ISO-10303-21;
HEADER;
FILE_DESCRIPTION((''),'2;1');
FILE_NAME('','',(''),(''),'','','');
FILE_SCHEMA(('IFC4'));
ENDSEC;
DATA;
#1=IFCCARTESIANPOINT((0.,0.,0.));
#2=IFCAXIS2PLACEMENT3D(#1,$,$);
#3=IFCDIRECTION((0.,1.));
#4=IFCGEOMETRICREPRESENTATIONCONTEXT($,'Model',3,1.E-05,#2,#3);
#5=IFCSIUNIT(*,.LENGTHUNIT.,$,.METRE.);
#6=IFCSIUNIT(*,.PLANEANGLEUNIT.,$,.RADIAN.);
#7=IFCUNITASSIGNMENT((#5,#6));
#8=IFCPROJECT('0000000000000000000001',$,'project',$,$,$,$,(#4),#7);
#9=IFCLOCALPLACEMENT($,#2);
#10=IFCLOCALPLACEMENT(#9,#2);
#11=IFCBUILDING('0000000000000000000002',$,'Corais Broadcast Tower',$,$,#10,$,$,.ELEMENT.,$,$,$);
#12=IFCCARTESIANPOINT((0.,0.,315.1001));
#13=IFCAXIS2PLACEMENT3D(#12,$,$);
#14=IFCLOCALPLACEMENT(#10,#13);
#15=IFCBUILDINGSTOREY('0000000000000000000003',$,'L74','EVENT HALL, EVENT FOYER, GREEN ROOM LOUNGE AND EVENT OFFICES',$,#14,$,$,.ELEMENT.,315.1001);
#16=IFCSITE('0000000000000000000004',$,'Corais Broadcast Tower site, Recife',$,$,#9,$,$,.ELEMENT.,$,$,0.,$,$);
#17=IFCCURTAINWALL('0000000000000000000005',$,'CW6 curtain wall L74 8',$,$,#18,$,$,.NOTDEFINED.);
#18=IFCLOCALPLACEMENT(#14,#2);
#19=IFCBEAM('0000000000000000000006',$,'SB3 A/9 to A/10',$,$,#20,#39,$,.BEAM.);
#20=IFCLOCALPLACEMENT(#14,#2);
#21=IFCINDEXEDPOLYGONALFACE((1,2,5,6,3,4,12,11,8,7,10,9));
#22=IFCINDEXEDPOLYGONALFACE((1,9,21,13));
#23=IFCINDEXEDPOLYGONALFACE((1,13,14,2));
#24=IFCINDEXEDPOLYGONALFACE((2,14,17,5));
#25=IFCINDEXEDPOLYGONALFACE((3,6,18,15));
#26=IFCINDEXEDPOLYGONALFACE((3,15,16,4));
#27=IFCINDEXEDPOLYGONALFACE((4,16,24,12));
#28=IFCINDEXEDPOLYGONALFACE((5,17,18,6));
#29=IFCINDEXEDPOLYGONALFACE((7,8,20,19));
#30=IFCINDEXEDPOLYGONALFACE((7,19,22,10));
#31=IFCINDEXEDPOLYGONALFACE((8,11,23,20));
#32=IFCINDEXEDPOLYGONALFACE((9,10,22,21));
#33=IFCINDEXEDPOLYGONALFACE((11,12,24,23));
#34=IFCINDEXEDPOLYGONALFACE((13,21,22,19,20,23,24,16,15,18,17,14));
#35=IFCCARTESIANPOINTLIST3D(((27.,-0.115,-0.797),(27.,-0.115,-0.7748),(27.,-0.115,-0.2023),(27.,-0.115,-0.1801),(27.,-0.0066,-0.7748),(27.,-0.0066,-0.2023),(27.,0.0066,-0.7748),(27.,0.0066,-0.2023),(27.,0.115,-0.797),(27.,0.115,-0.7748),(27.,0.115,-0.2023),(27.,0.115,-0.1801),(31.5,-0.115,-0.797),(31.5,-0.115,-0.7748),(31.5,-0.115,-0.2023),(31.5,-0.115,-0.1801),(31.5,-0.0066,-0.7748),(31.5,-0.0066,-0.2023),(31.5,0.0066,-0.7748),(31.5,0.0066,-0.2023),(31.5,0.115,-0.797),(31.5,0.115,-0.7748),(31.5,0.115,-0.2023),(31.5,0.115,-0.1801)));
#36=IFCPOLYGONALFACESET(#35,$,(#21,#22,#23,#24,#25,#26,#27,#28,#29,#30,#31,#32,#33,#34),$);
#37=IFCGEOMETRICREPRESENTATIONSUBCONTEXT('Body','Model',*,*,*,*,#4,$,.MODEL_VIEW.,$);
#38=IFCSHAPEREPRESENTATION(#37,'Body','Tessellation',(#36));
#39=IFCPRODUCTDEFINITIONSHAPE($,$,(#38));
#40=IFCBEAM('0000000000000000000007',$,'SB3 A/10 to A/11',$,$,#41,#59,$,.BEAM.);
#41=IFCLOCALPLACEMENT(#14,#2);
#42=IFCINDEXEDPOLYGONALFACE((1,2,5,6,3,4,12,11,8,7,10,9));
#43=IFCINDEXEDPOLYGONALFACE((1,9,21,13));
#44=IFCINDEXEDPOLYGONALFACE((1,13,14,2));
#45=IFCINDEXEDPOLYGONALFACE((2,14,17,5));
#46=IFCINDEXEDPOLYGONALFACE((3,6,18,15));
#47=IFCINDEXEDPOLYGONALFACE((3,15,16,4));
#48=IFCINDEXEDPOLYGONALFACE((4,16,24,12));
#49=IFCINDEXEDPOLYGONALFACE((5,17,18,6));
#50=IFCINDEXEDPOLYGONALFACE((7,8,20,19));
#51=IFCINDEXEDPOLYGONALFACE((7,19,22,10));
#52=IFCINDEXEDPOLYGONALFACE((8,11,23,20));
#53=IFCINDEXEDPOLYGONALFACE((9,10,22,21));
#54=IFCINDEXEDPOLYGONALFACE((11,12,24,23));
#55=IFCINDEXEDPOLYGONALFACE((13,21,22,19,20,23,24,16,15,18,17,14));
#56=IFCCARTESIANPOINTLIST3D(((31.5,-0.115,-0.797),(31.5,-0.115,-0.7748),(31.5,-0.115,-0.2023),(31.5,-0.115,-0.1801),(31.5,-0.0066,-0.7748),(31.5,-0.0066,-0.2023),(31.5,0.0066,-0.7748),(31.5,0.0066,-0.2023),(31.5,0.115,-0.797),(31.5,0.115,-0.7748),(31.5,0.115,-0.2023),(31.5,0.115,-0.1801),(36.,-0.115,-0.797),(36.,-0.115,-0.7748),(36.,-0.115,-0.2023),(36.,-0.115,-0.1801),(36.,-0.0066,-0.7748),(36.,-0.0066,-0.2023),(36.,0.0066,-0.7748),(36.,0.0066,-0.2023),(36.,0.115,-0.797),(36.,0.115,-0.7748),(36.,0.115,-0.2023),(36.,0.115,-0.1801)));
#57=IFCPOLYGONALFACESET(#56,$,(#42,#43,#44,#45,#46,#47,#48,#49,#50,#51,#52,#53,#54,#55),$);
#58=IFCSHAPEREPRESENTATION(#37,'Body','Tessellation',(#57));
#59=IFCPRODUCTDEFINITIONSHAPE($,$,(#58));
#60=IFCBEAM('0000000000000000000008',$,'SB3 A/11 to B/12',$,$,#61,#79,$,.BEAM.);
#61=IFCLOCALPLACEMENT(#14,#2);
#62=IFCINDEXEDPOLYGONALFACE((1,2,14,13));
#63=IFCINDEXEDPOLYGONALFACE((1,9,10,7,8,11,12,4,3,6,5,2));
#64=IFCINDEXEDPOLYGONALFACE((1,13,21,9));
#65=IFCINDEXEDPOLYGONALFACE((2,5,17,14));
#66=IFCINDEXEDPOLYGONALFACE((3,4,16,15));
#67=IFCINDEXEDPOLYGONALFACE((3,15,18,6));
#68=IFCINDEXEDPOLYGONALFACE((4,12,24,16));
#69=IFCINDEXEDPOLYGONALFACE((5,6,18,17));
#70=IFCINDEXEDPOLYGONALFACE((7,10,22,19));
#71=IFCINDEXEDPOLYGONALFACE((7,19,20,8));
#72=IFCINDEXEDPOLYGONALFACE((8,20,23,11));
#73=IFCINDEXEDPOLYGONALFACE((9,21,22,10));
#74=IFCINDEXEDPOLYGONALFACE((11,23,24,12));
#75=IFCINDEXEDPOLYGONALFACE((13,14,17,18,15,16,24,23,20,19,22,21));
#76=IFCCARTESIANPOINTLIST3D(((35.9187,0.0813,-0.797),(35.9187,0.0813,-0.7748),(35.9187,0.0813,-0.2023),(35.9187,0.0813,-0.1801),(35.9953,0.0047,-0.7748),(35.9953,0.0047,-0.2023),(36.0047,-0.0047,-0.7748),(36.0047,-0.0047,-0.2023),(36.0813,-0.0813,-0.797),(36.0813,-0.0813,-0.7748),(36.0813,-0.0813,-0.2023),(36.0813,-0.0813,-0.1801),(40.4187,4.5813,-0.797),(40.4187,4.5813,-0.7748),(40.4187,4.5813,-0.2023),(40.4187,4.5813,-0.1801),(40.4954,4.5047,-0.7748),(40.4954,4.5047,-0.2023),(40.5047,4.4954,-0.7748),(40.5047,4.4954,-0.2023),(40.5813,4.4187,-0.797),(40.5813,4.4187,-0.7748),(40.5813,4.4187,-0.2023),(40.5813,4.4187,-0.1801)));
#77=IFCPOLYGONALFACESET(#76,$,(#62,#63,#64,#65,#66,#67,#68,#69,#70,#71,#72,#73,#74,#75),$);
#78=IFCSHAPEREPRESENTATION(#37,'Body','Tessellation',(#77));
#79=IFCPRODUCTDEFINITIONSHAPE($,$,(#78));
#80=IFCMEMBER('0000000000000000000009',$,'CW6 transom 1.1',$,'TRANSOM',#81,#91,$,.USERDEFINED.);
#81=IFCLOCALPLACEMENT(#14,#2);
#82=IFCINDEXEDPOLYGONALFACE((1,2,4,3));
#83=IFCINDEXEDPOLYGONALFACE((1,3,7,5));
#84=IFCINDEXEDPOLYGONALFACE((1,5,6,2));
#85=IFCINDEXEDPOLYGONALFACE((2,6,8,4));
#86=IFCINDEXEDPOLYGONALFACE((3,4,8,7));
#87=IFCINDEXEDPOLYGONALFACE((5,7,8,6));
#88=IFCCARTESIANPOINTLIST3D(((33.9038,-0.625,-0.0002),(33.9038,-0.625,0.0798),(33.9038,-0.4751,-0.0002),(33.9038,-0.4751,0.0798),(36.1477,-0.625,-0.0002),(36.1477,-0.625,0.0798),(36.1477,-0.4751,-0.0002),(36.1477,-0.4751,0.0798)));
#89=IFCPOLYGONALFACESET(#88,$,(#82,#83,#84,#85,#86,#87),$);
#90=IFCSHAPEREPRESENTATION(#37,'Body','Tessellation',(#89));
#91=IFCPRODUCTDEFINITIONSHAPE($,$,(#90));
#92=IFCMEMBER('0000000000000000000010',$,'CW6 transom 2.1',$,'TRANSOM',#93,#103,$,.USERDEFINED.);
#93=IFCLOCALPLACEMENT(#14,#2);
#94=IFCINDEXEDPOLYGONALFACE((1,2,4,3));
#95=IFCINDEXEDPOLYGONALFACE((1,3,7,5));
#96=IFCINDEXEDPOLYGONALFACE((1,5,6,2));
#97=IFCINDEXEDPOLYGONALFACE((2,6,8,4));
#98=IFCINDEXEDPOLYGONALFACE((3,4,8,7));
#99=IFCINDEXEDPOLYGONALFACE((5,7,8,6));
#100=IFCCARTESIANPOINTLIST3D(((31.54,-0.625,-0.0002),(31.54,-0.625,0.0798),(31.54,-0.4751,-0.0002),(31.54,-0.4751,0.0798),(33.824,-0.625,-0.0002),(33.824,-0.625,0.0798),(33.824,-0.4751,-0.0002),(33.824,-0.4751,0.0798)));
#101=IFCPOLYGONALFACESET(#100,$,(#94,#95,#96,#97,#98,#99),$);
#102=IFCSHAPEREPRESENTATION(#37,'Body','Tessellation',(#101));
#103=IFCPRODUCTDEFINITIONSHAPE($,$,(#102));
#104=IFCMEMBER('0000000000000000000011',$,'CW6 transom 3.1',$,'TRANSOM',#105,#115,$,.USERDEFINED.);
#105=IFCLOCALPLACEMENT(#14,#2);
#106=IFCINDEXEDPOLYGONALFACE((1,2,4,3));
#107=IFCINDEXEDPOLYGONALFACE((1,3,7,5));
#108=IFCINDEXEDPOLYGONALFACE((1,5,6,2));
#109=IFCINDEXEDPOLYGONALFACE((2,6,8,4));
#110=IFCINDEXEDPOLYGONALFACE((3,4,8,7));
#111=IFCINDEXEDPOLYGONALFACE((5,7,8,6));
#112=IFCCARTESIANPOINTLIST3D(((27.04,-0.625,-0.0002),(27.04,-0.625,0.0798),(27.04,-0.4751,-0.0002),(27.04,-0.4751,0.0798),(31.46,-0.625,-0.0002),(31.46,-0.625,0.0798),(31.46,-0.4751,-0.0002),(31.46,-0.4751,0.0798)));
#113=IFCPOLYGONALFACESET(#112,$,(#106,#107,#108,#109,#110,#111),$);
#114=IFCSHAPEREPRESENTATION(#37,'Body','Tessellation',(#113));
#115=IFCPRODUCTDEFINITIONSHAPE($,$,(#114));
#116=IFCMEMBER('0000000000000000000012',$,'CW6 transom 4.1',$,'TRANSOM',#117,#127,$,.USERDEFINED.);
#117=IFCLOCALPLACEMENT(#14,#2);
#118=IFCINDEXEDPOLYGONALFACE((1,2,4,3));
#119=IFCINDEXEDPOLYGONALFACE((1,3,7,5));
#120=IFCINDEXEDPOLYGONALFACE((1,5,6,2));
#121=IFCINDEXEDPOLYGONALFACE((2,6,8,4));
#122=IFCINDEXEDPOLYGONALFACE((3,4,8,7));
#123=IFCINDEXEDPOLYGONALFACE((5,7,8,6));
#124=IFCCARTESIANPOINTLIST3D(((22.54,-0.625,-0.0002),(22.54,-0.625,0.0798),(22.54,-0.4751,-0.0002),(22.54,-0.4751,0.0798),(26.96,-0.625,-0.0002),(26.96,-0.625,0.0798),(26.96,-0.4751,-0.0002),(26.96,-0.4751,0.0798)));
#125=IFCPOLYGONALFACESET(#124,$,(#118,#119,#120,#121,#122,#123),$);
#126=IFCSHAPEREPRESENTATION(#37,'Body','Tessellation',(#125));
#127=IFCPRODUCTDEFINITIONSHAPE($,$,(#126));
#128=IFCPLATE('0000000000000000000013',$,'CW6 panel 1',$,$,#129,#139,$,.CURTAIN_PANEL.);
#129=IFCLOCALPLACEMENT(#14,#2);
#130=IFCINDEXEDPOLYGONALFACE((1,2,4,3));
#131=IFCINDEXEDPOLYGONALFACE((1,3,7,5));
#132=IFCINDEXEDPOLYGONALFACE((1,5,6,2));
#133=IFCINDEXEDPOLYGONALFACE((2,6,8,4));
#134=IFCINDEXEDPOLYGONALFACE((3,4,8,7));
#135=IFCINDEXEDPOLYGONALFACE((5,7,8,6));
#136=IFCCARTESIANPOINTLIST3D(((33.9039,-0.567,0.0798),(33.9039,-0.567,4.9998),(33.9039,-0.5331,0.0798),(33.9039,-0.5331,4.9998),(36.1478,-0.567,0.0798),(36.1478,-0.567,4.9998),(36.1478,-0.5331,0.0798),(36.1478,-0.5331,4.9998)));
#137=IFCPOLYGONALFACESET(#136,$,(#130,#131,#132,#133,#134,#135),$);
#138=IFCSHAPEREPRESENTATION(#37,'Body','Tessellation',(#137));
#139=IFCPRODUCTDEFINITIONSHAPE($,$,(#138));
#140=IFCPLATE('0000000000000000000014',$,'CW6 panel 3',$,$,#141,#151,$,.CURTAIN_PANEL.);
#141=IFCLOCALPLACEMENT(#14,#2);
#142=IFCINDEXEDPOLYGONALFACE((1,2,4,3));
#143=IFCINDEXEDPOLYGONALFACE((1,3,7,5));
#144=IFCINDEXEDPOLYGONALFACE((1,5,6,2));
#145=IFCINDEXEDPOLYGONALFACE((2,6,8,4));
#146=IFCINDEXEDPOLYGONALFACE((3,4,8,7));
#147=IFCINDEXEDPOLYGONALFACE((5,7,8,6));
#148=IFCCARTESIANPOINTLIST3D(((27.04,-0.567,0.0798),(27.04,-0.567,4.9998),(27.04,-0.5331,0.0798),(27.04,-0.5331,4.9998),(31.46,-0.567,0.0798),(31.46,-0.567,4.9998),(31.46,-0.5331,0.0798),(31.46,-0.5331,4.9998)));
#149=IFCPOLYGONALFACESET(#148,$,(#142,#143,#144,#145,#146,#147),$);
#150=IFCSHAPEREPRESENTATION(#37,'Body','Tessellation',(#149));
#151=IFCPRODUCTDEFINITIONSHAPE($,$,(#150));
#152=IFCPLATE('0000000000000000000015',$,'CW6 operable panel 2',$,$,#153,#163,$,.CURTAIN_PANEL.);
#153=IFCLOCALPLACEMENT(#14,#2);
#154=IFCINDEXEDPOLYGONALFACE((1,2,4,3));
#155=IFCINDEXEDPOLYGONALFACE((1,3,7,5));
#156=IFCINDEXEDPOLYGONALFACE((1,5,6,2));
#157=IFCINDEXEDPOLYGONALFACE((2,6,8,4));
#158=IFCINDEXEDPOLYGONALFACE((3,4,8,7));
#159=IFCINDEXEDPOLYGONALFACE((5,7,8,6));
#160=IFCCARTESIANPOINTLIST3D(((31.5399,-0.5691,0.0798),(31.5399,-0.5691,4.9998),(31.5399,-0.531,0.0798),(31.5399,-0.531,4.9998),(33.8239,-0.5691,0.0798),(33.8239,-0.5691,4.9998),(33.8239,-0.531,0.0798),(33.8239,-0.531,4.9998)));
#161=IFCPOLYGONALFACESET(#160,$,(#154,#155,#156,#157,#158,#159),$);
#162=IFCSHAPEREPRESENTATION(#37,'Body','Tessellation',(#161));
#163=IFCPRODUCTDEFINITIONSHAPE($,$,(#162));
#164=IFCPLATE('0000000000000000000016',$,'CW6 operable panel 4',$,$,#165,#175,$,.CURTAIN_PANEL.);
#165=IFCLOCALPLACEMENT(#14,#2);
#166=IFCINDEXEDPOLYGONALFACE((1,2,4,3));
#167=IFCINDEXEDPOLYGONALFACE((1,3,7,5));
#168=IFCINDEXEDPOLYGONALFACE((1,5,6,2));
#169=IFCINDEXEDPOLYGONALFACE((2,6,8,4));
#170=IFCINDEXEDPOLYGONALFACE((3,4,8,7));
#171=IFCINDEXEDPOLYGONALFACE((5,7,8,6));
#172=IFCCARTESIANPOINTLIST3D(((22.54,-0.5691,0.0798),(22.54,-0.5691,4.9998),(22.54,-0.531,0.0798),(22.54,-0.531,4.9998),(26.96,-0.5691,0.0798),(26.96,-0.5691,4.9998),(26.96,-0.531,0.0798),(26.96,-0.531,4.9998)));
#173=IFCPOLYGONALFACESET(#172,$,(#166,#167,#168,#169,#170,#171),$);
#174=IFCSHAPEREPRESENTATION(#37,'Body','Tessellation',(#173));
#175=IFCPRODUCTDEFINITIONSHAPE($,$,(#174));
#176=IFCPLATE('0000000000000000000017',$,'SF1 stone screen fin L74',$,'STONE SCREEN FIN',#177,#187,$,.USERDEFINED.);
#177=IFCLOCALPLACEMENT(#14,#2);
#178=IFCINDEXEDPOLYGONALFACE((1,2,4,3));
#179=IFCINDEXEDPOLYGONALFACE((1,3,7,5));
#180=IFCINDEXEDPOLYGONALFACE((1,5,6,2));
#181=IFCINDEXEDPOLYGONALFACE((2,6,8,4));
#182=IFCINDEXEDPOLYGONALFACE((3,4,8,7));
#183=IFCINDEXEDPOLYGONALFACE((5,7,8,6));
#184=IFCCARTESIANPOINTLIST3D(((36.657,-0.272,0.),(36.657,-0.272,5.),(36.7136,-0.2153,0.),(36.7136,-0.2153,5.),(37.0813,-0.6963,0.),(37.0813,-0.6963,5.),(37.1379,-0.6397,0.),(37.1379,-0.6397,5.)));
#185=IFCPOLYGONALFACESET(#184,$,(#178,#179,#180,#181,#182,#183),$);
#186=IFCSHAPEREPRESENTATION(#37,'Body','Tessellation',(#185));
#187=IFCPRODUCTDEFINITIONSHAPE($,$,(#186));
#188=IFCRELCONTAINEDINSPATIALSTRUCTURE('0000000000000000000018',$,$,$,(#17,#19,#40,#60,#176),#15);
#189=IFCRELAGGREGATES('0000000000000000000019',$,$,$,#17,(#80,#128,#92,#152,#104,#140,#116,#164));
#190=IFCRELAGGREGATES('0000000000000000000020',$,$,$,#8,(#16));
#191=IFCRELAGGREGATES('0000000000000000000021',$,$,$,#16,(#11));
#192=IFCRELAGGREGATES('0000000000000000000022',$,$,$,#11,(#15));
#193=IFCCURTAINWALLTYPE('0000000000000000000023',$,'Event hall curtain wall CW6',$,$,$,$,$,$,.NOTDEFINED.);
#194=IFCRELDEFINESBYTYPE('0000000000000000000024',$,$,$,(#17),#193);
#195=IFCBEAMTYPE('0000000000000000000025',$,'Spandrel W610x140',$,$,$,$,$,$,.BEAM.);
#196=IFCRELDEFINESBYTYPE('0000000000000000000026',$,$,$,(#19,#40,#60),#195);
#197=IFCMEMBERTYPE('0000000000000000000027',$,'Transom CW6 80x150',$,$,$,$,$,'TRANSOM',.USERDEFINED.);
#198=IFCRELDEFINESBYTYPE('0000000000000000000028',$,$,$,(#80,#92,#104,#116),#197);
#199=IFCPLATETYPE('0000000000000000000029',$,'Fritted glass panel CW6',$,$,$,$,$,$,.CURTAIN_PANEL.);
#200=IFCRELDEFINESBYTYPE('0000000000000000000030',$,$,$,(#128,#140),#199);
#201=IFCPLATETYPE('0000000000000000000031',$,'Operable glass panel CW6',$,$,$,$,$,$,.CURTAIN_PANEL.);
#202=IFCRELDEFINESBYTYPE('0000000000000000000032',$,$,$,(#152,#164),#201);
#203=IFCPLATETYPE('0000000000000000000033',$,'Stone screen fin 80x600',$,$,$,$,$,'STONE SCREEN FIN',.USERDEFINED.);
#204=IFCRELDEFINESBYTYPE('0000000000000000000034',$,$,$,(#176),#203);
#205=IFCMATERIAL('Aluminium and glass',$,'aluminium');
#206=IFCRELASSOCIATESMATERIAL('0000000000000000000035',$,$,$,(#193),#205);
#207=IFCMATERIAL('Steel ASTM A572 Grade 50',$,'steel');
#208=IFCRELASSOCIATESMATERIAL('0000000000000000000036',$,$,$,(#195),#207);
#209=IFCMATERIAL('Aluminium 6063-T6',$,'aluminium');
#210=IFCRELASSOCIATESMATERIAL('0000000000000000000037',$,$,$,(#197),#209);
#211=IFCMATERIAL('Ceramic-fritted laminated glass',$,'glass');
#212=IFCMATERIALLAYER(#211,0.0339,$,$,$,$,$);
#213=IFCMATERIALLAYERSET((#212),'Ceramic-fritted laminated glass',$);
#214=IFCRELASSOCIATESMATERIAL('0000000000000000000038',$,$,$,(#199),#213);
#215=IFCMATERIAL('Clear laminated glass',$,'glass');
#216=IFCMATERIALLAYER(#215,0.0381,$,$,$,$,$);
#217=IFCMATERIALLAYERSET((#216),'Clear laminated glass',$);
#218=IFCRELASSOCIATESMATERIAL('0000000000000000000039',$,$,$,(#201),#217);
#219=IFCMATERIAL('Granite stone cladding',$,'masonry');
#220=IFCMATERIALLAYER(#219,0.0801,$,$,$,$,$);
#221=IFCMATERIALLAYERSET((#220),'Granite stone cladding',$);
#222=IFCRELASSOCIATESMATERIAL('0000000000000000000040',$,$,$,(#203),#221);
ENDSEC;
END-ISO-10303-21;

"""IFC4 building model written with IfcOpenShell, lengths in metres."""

from ifc_helpers import new_model, si_unit, direction, frame, origin, origin_2d, place, context, subcontext, project, spatial, rectangle, i_section, extrude, material, layer, layer_set, material_profile, profile_set, type_object, element, aggregate, save


model = new_model("IFC4")

# Units and contexts
model_context = context("Model", 3, precision=1e-05, world=origin(), true_north=direction((0.0, 1.0)))
body_context = subcontext(model_context, "Body", "Model", "MODEL_VIEW")
ifc_project = project(units=[si_unit("LENGTHUNIT", "METRE"), si_unit("PLANEANGLEUNIT", "RADIAN")], contexts=[model_context])

# Site, building, storey
site_placement = place(None, origin())
site = spatial("IfcSite", under=ifc_project, at=site_placement, Name="Corais Broadcast Tower site, Recife", CompositionType="ELEMENT", RefElevation=0.0)
building_placement = place(site_placement, origin())
building = spatial("IfcBuilding", under=site, at=building_placement, Name="Corais Broadcast Tower", CompositionType="ELEMENT")
storey_placement = place(building_placement, frame((0.0, 0.0, 315.1001)))
storey = spatial("IfcBuildingStorey", under=building, at=storey_placement, Name="L74", Description="EVENT HALL, EVENT FOYER, GREEN ROOM LOUNGE AND EVENT OFFICES", CompositionType="ELEMENT", Elevation=315.1001)

# Shared definitions
ifc_material_1 = material(Name="Aluminium and glass", Category="aluminium")
curtain_wall_type = type_object("IfcCurtainWallType", Name="Event hall curtain wall CW6", PredefinedType="NOTDEFINED", material=ifc_material_1)

# Curtain wall
curtain_wall_1_placement = place(storey_placement, origin())
curtain_wall_1 = element("IfcCurtainWall", 1, at=curtain_wall_1_placement, inside=storey, type_object=curtain_wall_type, Name="CW6 curtain wall L74 8", PredefinedType="NOTDEFINED")

# Beams
ifc_material_2 = material(Name="Steel ASTM A572 Grade 50", Category="steel")
ifc_material_profile_1 = material_profile(ifc_material_2, i_section(OverallWidth=0.23, OverallDepth=0.6169, WebThickness=0.0132, FlangeThickness=0.0222, at=origin_2d()), Name="W610x140")
ifc_profile_set_1 = profile_set([ifc_material_profile_1], Name="Steel ASTM A572 Grade 50")
beam_type_1 = type_object("IfcBeamType", Name="Spandrel W610x140", PredefinedType="BEAM", material=ifc_profile_set_1)
for number, where, z_axis, x_axis, name in (
    (2, (27.0, 0.0, -0.4885), (1.0, 0.0, 0.0), (0.0, 1.0, 0.0), "SB3 A/9 to A/10"),
    (3, (31.5, 0.0, -0.4885), (1.0, 0.0, 0.0), (0.0, 1.0, 0.0), "SB3 A/10 to A/11"),
):
    element("IfcBeam", number, at=place(storey_placement, frame(where, z_axis=z_axis, x_axis=x_axis)), inside=storey, type_object=beam_type_1, Name=name, PredefinedType="BEAM", context=body_context, shape_type="SweptSolid", body=[
        extrude(i_section(OverallWidth=0.23, OverallDepth=0.6169, WebThickness=0.0132, FlangeThickness=0.0222, at=origin_2d()), origin(), (0.0, 0.0, 1.0), 4.5),
    ])
beam_placement = place(storey_placement, frame((36.0, 0.0, -0.4885), z_axis=(0.707107, 0.707107, 0.0), x_axis=(-0.707107, 0.707107, 0.0)))
element("IfcBeam", 4, at=beam_placement, inside=storey, type_object=beam_type_1, Name="SB3 A/11 to B/12", PredefinedType="BEAM", context=body_context, shape_type="SweptSolid", body=[
    extrude(i_section(OverallWidth=0.23, OverallDepth=0.6169, WebThickness=0.0132, FlangeThickness=0.0222, at=origin_2d()), origin(), (0.0, 0.0, 1.0), 6.364),
])

# Members
ifc_material_3 = material(Name="Aluminium 6063-T6", Category="aluminium")
ifc_material_profile_2 = material_profile(ifc_material_3, rectangle(XDim=0.1499, YDim=0.0801, at=origin_2d()), Name="Transom CW6 80x150")
ifc_profile_set_2 = profile_set([ifc_material_profile_2], Name="Aluminium 6063-T6")
member_type_1 = type_object("IfcMemberType", Name="Transom CW6 80x150", ElementType="TRANSOM", PredefinedType="USERDEFINED", material=ifc_profile_set_2)
member_1_placement = place(storey_placement, frame((36.1477, -0.55, 0.0398), z_axis=(-1.0, 0.0, 0.0), x_axis=(0.0, -1.0, 0.0)))
member_1 = element("IfcMember", 5, at=member_1_placement, type_object=member_type_1, Name="CW6 transom 1.1", ObjectType="TRANSOM", PredefinedType="USERDEFINED", context=body_context, shape_type="SweptSolid", body=[
    extrude(rectangle(XDim=0.1499, YDim=0.0801, at=origin_2d()), origin(), (0.0, 0.0, 1.0), 2.2439),
])
member_2_placement = place(storey_placement, frame((33.824, -0.55, 0.0398), z_axis=(-1.0, 0.0, 0.0), x_axis=(0.0, -1.0, 0.0)))
member_2 = element("IfcMember", 6, at=member_2_placement, type_object=member_type_1, Name="CW6 transom 2.1", ObjectType="TRANSOM", PredefinedType="USERDEFINED", context=body_context, shape_type="SweptSolid", body=[
    extrude(rectangle(XDim=0.1499, YDim=0.0801, at=origin_2d()), origin(), (0.0, 0.0, 1.0), 2.2839),
])
member_3_placement = place(storey_placement, frame((31.46, -0.55, 0.0398), z_axis=(-1.0, 0.0, 0.0), x_axis=(0.0, -1.0, 0.0)))
member_3 = element("IfcMember", 7, at=member_3_placement, type_object=member_type_1, Name="CW6 transom 3.1", ObjectType="TRANSOM", PredefinedType="USERDEFINED", context=body_context, shape_type="SweptSolid", body=[
    extrude(rectangle(XDim=0.1499, YDim=0.0801, at=origin_2d()), origin(), (0.0, 0.0, 1.0), 4.4199),
])
member_4_placement = place(storey_placement, frame((26.96, -0.55, 0.0398), z_axis=(-1.0, 0.0, 0.0), x_axis=(0.0, -1.0, 0.0)))
member_4 = element("IfcMember", 8, at=member_4_placement, type_object=member_type_1, Name="CW6 transom 4.1", ObjectType="TRANSOM", PredefinedType="USERDEFINED", context=body_context, shape_type="SweptSolid", body=[
    extrude(rectangle(XDim=0.1499, YDim=0.0801, at=origin_2d()), origin(), (0.0, 0.0, 1.0), 4.4199),
])

# Plates
ifc_material_4 = material(Name="Ceramic-fritted laminated glass", Category="glass")
ifc_layer_1 = layer(ifc_material_4, 0.0339)
ifc_layer_set_1 = layer_set([ifc_layer_1], Name="Ceramic-fritted laminated glass")
plate_type_1 = type_object("IfcPlateType", Name="Fritted glass panel CW6", PredefinedType="CURTAIN_PANEL", material=ifc_layer_set_1)
plate_1_placement = place(storey_placement, frame((35.0259, -0.55, 0.0798), z_axis=(0.0, 0.0, 1.0), x_axis=(-1.0, 0.0, 0.0)))
plate_1 = element("IfcPlate", 9, at=plate_1_placement, type_object=plate_type_1, Name="CW6 panel 1", PredefinedType="CURTAIN_PANEL", context=body_context, shape_type="SweptSolid", body=[
    extrude(rectangle(XDim=2.2439, YDim=0.0339, at=origin_2d()), origin(), (0.0, 0.0, 1.0), 4.9199),
])
plate_2_placement = place(storey_placement, frame((29.25, -0.55, 0.0798), z_axis=(0.0, 0.0, 1.0), x_axis=(-1.0, 0.0, 0.0)))
plate_2 = element("IfcPlate", 10, at=plate_2_placement, type_object=plate_type_1, Name="CW6 panel 3", PredefinedType="CURTAIN_PANEL", context=body_context, shape_type="SweptSolid", body=[
    extrude(rectangle(XDim=4.4199, YDim=0.0339, at=origin_2d()), origin(), (0.0, 0.0, 1.0), 4.9199),
])
ifc_material_5 = material(Name="Clear laminated glass", Category="glass")
ifc_layer_2 = layer(ifc_material_5, 0.0381)
ifc_layer_set_2 = layer_set([ifc_layer_2], Name="Clear laminated glass")
plate_type_2 = type_object("IfcPlateType", Name="Operable glass panel CW6", PredefinedType="CURTAIN_PANEL", material=ifc_layer_set_2)
plate_3_placement = place(storey_placement, frame((32.6819, -0.55, 0.0798), z_axis=(0.0, 0.0, 1.0), x_axis=(-1.0, 0.0, 0.0)))
plate_3 = element("IfcPlate", 11, at=plate_3_placement, type_object=plate_type_2, Name="CW6 operable panel 2", PredefinedType="CURTAIN_PANEL", context=body_context, shape_type="SweptSolid", body=[
    extrude(rectangle(XDim=2.2839, YDim=0.0381, at=origin_2d()), origin(), (0.0, 0.0, 1.0), 4.9199),
])
plate_4_placement = place(storey_placement, frame((24.75, -0.55, 0.0798), z_axis=(0.0, 0.0, 1.0), x_axis=(-1.0, 0.0, 0.0)))
plate_4 = element("IfcPlate", 12, at=plate_4_placement, type_object=plate_type_2, Name="CW6 operable panel 4", PredefinedType="CURTAIN_PANEL", context=body_context, shape_type="SweptSolid", body=[
    extrude(rectangle(XDim=4.4199, YDim=0.0381, at=origin_2d()), origin(), (0.0, 0.0, 1.0), 4.9199),
])
aggregate(curtain_wall_1, [member_1, plate_1, member_2, plate_3, member_3, plate_2, member_4, plate_4])
ifc_material_6 = material(Name="Granite stone cladding", Category="masonry")
ifc_layer_3 = layer(ifc_material_6, 0.0801)
ifc_layer_set_3 = layer_set([ifc_layer_3], Name="Granite stone cladding")
plate_type_3 = type_object("IfcPlateType", Name="Stone screen fin 80x600", ElementType="STONE SCREEN FIN", PredefinedType="USERDEFINED", material=ifc_layer_set_3)
plate_5_placement = place(storey_placement, frame((36.8975, -0.4558, 0.0), z_axis=(0.0, 0.0, 1.0), x_axis=(-0.707107, -0.707107, 0.0)))
element("IfcPlate", 13, at=plate_5_placement, inside=storey, type_object=plate_type_3, Name="SF1 stone screen fin L74", ObjectType="STONE SCREEN FIN", PredefinedType="USERDEFINED", context=body_context, shape_type="SweptSolid", body=[
    extrude(rectangle(XDim=0.0801, YDim=0.6001, at=origin_2d()), origin(), (0.0, 0.0, 1.0), 5.0),
])

save(model, "model.ifc")
